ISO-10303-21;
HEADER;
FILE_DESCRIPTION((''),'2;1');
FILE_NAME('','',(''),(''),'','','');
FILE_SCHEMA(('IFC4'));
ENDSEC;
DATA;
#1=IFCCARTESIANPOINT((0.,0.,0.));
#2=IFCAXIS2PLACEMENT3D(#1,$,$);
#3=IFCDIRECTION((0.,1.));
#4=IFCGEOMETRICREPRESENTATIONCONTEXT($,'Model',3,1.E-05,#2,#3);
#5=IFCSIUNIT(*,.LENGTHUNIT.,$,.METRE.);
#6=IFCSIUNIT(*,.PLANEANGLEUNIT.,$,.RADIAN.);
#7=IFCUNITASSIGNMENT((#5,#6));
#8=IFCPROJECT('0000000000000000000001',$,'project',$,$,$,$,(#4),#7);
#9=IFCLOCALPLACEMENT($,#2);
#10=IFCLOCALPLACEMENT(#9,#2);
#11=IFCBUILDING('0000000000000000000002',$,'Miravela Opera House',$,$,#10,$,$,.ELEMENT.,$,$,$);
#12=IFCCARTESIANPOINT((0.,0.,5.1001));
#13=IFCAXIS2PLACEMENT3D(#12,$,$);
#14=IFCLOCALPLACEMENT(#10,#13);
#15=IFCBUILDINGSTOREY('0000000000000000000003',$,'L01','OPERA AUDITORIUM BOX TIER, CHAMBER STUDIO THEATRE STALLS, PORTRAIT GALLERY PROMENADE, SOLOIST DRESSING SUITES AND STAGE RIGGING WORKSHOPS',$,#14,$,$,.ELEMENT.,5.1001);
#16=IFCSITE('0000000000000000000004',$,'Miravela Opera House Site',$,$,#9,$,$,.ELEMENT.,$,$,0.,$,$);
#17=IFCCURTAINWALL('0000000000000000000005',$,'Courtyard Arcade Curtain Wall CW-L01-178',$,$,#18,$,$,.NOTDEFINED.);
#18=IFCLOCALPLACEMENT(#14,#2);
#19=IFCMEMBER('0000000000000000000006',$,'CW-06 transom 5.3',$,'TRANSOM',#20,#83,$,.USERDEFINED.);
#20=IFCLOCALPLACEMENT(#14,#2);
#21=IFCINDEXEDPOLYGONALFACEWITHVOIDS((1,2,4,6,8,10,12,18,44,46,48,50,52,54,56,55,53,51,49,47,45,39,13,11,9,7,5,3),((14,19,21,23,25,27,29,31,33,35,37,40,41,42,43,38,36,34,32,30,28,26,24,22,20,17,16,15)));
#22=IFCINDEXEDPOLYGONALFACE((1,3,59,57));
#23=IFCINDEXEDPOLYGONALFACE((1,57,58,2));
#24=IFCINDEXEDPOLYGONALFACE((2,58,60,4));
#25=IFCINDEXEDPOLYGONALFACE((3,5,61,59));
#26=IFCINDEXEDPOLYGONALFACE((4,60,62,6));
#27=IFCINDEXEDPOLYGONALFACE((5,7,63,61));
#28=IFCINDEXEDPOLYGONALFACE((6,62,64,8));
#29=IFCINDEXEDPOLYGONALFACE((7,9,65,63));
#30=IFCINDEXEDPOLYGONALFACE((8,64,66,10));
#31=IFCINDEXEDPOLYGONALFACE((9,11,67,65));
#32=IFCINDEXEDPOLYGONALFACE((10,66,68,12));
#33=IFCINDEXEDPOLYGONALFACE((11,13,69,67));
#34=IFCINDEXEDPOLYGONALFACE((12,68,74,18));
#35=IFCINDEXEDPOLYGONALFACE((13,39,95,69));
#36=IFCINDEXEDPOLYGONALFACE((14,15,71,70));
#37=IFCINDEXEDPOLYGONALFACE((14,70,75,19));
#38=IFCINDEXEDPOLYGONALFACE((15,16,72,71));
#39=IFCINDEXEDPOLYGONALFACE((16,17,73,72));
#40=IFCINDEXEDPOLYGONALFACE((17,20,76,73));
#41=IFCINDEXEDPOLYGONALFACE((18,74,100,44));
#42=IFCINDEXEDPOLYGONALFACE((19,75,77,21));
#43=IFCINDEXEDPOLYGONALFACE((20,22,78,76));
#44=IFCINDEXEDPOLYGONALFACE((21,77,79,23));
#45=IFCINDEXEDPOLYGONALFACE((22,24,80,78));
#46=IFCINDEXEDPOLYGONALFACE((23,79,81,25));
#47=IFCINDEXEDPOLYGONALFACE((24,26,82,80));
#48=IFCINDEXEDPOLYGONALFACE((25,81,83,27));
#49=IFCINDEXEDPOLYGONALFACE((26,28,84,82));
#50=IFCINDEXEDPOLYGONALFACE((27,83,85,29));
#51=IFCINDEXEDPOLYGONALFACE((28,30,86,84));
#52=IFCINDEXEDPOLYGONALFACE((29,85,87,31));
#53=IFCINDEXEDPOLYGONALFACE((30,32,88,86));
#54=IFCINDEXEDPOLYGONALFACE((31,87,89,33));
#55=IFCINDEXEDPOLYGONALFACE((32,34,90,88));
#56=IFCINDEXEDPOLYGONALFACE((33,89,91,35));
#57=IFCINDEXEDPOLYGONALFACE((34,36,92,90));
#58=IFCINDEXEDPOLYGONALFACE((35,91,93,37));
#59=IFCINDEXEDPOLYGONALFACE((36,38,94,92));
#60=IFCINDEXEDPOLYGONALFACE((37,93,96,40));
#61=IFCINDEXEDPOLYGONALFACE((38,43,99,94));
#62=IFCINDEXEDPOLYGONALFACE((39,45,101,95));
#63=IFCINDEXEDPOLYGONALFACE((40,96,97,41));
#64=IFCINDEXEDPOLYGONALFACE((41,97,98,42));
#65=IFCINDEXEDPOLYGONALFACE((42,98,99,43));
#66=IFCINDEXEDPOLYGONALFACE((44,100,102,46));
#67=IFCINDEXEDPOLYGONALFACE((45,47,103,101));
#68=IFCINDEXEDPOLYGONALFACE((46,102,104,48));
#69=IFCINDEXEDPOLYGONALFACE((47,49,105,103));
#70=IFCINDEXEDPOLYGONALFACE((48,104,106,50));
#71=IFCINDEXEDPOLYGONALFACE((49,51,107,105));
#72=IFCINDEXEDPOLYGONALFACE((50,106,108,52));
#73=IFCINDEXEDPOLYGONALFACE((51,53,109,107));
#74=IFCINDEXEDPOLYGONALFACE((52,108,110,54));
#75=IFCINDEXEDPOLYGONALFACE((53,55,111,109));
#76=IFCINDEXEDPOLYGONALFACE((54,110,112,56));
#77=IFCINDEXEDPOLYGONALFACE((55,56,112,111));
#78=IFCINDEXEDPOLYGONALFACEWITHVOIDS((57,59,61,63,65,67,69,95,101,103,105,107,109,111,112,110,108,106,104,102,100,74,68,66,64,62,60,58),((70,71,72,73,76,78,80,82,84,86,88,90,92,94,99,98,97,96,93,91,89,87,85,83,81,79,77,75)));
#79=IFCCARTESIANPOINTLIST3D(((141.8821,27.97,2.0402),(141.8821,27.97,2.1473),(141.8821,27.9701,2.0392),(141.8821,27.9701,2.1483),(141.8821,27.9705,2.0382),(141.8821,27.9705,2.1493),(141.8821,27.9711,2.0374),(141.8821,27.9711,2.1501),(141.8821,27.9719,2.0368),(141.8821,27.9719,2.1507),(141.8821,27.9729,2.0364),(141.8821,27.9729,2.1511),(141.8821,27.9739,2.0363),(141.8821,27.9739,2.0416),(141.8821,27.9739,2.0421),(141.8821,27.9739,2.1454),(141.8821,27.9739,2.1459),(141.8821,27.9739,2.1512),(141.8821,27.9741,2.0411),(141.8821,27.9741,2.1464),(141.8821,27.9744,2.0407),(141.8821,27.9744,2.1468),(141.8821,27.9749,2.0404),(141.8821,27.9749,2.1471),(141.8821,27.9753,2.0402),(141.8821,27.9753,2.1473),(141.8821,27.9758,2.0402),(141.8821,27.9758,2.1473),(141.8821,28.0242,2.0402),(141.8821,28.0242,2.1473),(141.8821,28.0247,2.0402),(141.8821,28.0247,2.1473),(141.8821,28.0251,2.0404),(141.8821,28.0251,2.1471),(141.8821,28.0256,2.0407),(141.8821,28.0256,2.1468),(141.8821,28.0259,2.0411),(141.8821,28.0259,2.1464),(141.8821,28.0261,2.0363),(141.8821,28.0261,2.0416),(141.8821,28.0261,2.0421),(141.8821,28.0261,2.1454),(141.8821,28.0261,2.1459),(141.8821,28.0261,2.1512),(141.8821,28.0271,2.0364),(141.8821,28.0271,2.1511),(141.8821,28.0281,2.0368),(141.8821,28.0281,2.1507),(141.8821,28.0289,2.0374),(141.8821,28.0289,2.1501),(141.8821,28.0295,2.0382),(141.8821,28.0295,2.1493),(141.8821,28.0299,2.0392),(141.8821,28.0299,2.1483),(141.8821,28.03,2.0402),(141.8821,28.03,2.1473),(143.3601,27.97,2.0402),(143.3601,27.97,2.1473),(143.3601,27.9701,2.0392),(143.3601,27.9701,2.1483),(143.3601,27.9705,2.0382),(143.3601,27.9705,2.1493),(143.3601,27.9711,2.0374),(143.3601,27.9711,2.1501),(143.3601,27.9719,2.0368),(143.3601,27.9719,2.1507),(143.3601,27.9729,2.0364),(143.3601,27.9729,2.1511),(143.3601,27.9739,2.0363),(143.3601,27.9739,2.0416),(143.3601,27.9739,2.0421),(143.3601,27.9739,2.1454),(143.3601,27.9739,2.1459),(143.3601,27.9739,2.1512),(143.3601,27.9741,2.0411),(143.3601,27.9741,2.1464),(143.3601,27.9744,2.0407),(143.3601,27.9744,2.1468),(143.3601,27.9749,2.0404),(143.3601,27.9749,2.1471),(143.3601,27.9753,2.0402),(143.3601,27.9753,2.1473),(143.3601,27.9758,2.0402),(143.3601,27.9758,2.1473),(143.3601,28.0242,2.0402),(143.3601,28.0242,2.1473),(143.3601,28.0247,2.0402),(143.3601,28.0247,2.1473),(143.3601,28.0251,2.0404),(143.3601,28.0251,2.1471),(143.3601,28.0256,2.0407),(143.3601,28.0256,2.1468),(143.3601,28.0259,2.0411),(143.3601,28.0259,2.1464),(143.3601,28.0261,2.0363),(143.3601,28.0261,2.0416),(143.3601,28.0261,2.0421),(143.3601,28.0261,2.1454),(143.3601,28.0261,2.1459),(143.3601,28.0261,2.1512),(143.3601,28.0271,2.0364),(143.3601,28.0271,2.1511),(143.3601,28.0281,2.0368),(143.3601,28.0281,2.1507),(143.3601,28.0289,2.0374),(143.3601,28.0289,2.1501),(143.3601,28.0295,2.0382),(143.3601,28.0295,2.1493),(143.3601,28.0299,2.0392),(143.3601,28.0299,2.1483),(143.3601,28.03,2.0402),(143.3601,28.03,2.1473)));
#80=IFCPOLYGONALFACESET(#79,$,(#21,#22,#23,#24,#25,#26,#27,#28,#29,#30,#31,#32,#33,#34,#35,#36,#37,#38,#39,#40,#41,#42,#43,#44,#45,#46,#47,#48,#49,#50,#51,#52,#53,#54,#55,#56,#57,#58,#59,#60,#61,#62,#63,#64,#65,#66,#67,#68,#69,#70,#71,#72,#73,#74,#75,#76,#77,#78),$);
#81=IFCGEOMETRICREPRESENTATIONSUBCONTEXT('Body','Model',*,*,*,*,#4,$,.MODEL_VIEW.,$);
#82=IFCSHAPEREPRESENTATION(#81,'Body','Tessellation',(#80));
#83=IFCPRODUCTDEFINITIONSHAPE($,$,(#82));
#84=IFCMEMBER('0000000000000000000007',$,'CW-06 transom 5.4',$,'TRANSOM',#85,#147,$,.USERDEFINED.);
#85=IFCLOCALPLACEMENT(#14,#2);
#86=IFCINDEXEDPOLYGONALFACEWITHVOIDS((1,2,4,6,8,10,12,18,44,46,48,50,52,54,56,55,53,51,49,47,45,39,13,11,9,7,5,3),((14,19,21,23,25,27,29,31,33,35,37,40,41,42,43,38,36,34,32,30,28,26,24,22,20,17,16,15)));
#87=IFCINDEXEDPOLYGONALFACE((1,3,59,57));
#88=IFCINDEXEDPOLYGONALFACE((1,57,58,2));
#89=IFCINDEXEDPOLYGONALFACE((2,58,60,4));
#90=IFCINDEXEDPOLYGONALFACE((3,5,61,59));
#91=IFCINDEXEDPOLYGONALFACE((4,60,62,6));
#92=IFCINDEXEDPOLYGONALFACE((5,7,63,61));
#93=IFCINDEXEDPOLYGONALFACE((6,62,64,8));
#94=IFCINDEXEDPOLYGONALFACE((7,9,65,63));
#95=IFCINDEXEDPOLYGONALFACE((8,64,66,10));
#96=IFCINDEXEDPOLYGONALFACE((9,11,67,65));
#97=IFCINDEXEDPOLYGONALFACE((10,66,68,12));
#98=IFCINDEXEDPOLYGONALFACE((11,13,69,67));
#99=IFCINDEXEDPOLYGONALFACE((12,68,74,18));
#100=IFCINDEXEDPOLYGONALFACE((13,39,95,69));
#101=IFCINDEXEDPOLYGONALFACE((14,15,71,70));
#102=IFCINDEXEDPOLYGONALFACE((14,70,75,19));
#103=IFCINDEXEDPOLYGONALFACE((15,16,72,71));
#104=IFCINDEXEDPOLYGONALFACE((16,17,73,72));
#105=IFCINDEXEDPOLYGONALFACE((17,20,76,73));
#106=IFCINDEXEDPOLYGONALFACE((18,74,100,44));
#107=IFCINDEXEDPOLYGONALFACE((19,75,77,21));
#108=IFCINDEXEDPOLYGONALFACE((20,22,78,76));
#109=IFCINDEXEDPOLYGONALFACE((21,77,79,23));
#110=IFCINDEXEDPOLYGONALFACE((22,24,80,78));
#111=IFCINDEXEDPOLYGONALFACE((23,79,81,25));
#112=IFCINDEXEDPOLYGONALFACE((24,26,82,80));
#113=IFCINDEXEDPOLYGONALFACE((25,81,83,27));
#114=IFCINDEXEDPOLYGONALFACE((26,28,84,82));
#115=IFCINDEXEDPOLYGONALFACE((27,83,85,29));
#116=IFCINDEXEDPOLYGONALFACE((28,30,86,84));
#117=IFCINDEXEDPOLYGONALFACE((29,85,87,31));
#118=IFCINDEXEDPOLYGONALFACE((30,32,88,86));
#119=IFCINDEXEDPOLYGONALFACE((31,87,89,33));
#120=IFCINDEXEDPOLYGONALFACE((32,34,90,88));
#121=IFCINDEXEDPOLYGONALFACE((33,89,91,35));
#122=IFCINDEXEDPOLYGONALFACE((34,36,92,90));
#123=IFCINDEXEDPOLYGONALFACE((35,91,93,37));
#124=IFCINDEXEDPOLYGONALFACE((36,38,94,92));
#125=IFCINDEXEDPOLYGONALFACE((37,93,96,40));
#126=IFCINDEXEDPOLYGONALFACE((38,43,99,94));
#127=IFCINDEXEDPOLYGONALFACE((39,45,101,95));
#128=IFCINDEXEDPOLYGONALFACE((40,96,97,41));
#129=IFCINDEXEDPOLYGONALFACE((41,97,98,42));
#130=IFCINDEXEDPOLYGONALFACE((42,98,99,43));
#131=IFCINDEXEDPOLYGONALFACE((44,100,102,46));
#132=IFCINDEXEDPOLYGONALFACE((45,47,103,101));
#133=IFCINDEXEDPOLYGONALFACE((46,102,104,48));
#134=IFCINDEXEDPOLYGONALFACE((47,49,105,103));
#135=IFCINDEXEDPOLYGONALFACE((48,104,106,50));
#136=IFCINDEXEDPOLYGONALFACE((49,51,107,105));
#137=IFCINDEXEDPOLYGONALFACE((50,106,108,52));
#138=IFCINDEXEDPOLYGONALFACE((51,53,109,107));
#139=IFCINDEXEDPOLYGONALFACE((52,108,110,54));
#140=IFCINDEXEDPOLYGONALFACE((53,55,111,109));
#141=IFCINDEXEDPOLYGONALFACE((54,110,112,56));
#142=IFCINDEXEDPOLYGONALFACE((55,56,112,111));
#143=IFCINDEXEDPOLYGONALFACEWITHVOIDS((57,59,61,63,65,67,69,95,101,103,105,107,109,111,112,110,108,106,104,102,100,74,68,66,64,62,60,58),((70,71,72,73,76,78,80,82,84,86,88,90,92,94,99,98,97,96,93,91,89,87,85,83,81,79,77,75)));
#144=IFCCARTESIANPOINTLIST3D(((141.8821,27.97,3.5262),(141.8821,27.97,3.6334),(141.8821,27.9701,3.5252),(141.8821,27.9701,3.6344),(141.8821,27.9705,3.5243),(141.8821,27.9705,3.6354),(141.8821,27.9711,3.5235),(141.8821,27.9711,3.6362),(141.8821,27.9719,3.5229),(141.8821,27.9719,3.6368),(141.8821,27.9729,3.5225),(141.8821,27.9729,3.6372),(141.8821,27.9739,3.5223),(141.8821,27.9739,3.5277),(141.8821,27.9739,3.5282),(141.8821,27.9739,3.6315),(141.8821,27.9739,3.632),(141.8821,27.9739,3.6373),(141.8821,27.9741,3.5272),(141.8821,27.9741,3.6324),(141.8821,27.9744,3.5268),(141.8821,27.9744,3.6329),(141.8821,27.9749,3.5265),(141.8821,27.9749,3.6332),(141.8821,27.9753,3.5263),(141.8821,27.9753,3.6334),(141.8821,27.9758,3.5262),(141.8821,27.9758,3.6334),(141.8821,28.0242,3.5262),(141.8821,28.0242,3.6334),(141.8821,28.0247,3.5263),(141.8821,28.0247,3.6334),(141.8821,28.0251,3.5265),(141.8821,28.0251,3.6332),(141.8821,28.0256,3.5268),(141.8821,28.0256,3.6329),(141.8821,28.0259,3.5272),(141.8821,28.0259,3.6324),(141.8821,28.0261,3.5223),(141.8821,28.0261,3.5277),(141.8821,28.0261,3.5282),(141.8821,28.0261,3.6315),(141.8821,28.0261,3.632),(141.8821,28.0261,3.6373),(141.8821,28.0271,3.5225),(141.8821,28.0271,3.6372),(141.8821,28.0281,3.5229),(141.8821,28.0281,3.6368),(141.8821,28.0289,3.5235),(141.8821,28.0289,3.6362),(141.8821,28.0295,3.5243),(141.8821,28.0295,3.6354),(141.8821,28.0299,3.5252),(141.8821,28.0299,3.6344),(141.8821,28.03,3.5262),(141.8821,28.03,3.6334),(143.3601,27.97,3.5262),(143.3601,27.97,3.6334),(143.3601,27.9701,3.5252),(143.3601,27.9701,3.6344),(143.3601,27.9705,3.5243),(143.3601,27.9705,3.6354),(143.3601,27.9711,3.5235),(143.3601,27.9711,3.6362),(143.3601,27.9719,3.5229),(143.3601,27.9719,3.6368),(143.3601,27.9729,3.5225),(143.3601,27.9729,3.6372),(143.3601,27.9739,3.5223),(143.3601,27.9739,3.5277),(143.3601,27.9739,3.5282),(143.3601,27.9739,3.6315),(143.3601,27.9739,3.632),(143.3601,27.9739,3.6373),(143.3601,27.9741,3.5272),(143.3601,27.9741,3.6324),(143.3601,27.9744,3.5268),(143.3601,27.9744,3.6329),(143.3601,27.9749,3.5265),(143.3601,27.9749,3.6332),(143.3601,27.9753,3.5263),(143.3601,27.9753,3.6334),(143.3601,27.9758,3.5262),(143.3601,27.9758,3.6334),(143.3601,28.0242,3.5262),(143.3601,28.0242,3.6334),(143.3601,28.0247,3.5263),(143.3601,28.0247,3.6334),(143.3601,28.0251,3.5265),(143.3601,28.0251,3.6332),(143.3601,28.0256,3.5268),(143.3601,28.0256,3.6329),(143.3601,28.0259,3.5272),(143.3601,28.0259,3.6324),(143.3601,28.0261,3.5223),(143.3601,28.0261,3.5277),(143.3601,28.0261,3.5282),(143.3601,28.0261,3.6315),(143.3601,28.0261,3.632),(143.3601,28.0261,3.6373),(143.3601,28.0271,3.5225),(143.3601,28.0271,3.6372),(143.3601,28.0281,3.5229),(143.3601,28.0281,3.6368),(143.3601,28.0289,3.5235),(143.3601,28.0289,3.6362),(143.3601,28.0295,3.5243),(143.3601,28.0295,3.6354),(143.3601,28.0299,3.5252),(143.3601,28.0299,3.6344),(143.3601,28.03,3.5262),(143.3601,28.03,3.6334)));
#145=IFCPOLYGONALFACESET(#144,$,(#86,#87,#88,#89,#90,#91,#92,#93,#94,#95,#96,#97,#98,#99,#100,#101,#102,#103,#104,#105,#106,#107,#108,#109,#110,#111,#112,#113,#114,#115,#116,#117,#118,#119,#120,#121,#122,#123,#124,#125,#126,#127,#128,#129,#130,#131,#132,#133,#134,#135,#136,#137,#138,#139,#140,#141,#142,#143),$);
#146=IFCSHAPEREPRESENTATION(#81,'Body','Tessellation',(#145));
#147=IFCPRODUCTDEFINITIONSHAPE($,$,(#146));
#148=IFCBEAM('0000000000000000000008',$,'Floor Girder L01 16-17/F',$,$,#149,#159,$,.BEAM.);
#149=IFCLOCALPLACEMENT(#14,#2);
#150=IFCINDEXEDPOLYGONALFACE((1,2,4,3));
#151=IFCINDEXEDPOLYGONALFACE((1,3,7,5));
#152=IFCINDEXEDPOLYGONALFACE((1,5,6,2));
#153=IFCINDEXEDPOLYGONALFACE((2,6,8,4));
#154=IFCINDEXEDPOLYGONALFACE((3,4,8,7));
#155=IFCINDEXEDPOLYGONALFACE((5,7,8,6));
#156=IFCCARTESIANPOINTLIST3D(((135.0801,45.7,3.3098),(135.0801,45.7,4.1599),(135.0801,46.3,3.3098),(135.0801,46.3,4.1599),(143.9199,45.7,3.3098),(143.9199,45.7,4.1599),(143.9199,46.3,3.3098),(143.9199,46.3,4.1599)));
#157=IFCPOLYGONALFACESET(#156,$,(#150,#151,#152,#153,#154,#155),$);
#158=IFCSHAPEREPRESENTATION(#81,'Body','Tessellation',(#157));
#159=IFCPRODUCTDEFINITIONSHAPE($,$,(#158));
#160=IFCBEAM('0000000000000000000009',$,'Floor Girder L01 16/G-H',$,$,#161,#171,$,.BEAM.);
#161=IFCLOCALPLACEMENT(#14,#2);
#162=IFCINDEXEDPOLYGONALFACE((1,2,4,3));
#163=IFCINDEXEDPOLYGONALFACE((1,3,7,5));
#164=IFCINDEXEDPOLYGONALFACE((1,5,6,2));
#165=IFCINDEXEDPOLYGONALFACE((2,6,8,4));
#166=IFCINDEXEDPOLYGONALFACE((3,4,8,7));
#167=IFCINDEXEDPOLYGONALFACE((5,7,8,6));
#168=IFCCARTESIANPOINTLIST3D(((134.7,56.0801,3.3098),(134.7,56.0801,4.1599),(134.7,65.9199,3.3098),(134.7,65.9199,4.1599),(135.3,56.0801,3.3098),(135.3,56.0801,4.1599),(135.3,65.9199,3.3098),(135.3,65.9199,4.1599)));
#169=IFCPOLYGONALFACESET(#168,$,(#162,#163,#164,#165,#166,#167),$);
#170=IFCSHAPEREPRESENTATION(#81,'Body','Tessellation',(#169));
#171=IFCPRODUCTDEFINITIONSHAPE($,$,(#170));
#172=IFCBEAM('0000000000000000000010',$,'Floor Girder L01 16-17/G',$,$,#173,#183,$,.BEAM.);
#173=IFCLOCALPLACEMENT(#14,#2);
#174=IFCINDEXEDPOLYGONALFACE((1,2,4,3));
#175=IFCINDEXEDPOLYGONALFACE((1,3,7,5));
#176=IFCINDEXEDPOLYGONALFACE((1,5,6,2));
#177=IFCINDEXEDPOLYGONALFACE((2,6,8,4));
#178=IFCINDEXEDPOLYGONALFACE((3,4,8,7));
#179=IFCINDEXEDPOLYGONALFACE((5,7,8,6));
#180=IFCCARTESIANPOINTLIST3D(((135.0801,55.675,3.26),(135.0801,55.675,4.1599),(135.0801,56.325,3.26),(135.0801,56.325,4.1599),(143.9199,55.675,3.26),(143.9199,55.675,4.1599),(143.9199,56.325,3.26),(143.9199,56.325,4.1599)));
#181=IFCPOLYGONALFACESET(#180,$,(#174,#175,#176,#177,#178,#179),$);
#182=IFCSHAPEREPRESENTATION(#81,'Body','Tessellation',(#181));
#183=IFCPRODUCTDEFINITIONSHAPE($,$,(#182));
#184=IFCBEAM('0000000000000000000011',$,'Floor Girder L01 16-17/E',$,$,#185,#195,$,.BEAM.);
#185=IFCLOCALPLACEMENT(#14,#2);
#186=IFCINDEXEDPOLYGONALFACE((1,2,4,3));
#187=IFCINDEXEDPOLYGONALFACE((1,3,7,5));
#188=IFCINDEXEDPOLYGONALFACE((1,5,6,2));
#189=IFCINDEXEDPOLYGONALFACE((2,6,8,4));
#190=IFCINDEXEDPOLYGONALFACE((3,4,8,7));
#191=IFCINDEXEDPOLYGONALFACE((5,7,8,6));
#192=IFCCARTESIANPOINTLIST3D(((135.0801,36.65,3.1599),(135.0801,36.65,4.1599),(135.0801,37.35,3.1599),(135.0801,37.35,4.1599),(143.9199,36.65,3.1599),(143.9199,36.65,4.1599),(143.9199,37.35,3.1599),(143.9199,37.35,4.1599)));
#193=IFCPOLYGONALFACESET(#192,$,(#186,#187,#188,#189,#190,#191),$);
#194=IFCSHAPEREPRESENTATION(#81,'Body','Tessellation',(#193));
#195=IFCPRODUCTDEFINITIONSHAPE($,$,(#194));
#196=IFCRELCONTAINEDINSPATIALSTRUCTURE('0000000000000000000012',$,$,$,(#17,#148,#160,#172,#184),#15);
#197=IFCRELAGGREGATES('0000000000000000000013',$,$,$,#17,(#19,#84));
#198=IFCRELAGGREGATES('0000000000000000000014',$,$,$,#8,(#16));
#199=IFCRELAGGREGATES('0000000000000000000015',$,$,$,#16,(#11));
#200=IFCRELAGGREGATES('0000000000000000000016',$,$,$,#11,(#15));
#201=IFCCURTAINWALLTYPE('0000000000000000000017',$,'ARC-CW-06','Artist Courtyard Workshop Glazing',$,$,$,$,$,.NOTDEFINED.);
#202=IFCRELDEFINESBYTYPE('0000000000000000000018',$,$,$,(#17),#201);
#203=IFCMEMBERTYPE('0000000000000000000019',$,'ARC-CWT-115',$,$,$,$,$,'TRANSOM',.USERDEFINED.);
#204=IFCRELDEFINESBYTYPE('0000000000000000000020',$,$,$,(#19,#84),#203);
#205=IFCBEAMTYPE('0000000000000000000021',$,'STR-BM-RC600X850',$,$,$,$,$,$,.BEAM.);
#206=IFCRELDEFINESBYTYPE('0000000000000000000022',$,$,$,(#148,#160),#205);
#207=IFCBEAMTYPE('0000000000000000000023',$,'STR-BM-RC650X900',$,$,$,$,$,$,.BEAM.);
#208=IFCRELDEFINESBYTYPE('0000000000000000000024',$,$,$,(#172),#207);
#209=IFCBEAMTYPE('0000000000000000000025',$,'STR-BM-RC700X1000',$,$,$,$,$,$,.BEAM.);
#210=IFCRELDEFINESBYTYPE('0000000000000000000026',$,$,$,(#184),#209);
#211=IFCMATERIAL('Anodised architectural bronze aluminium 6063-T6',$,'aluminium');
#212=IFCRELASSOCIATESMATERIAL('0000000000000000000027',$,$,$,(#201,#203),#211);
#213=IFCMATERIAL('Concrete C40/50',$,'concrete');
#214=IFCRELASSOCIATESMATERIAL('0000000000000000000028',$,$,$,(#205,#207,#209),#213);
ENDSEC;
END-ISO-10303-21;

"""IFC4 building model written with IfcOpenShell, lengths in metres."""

from ifc_helpers import new_model, si_unit, direction, frame, origin, origin_2d, place, context, subcontext, project, spatial, rectangle, hollow_rectangle, extrude, material, material_profile, profile_set, type_object, element, aggregate, save


model = new_model("IFC4")

# Units and contexts
model_context = context("Model", 3, precision=1e-05, world=origin(), true_north=direction((0.0, 1.0)))
body_context = subcontext(model_context, "Body", "Model", "MODEL_VIEW")
ifc_project = project(units=[si_unit("LENGTHUNIT", "METRE"), si_unit("PLANEANGLEUNIT", "RADIAN")], contexts=[model_context])

# Site, building, storey
site_placement = place(None, origin())
site = spatial("IfcSite", under=ifc_project, at=site_placement, Name="Miravela Opera House Site", CompositionType="ELEMENT", RefElevation=0.0)
building_placement = place(site_placement, origin())
building = spatial("IfcBuilding", under=site, at=building_placement, Name="Miravela Opera House", CompositionType="ELEMENT")
storey_placement = place(building_placement, frame((0.0, 0.0, 5.1001)))
storey = spatial("IfcBuildingStorey", under=building, at=storey_placement, Name="L01", Description="OPERA AUDITORIUM BOX TIER, CHAMBER STUDIO THEATRE STALLS, PORTRAIT GALLERY PROMENADE, SOLOIST DRESSING SUITES AND STAGE RIGGING WORKSHOPS", CompositionType="ELEMENT", Elevation=5.1001)

# Curtain wall, members
ifc_material_1 = material(Name="Anodised architectural bronze aluminium 6063-T6", Category="aluminium")
curtain_wall_type = type_object("IfcCurtainWallType", Name="ARC-CW-06", Description="Artist Courtyard Workshop Glazing", PredefinedType="NOTDEFINED", material=ifc_material_1)
curtain_wall_placement = place(storey_placement, origin())
curtain_wall = element("IfcCurtainWall", 1, at=curtain_wall_placement, inside=storey, type_object=curtain_wall_type, Name="Courtyard Arcade Curtain Wall CW-L01-178", PredefinedType="NOTDEFINED")
ifc_material_profile_1 = material_profile(ifc_material_1, hollow_rectangle(XDim=0.0601, YDim=0.115, WallThickness=0.0039, InnerFilletRadius=0.002, OuterFilletRadius=0.0039, at=origin_2d()), Name="CWT-60X115")
ifc_profile_set_1 = profile_set([ifc_material_profile_1])
member_type_1 = type_object("IfcMemberType", Name="ARC-CWT-115", ElementType="TRANSOM", PredefinedType="USERDEFINED", material=ifc_profile_set_1)
member_1_placement = place(storey_placement, frame((141.8821, 28.0, 2.0938), z_axis=(1.0, 0.0, 0.0), x_axis=(0.0, 1.0, 0.0)))
member_1 = element("IfcMember", 2, at=member_1_placement, type_object=member_type_1, Name="CW-06 transom 5.3", ObjectType="TRANSOM", PredefinedType="USERDEFINED", context=body_context, shape_type="SweptSolid", body=[
    extrude(hollow_rectangle(XDim=0.0601, YDim=0.115, WallThickness=0.0039, InnerFilletRadius=0.002, OuterFilletRadius=0.0039, at=origin_2d()), origin(), (0.0, 0.0, 1.0), 1.478),
])
member_2_placement = place(storey_placement, frame((141.8821, 28.0, 3.5798), z_axis=(1.0, 0.0, 0.0), x_axis=(0.0, 1.0, 0.0)))
member_2 = element("IfcMember", 3, at=member_2_placement, type_object=member_type_1, Name="CW-06 transom 5.4", ObjectType="TRANSOM", PredefinedType="USERDEFINED", context=body_context, shape_type="SweptSolid", body=[
    extrude(hollow_rectangle(XDim=0.0601, YDim=0.115, WallThickness=0.0039, InnerFilletRadius=0.002, OuterFilletRadius=0.0039, at=origin_2d()), origin(), (0.0, 0.0, 1.0), 1.478),
])

# Beams
ifc_material_2 = material(Name="Concrete C40/50", Category="concrete")
ifc_material_profile_2 = material_profile(ifc_material_2, rectangle(XDim=0.6001, YDim=0.8501, at=origin_2d()), Name="RC-BM-600X850")
ifc_profile_set_2 = profile_set([ifc_material_profile_2])
beam_type_1 = type_object("IfcBeamType", Name="STR-BM-RC600X850", PredefinedType="BEAM", material=ifc_profile_set_2)
beam_1_placement = place(storey_placement, frame((135.0801, 46.0, 3.7349), z_axis=(1.0, 0.0, 0.0), x_axis=(0.0, 1.0, 0.0)))
element("IfcBeam", 4, at=beam_1_placement, inside=storey, type_object=beam_type_1, Name="Floor Girder L01 16-17/F", PredefinedType="BEAM", context=body_context, shape_type="SweptSolid", body=[
    extrude(rectangle(XDim=0.6001, YDim=0.8501, at=origin_2d()), origin(), (0.0, 0.0, 1.0), 8.8398),
])
beam_2_placement = place(storey_placement, frame((135.0, 56.0801, 3.7349), z_axis=(0.0, 1.0, 0.0), x_axis=(-1.0, 0.0, 0.0)))
element("IfcBeam", 5, at=beam_2_placement, inside=storey, type_object=beam_type_1, Name="Floor Girder L01 16/G-H", PredefinedType="BEAM", context=body_context, shape_type="SweptSolid", body=[
    extrude(rectangle(XDim=0.6001, YDim=0.8501, at=origin_2d()), origin(), (0.0, 0.0, 1.0), 9.8398),
])
ifc_material_profile_3 = material_profile(ifc_material_2, rectangle(XDim=0.6499, YDim=0.8999, at=origin_2d()), Name="RC-BM-650X900")
ifc_profile_set_3 = profile_set([ifc_material_profile_3])
beam_type_2 = type_object("IfcBeamType", Name="STR-BM-RC650X900", PredefinedType="BEAM", material=ifc_profile_set_3)
beam_3_placement = place(storey_placement, frame((135.0801, 56.0, 3.71), z_axis=(1.0, 0.0, 0.0), x_axis=(0.0, 1.0, 0.0)))
element("IfcBeam", 6, at=beam_3_placement, inside=storey, type_object=beam_type_2, Name="Floor Girder L01 16-17/G", PredefinedType="BEAM", context=body_context, shape_type="SweptSolid", body=[
    extrude(rectangle(XDim=0.6499, YDim=0.8999, at=origin_2d()), origin(), (0.0, 0.0, 1.0), 8.8398),
])
ifc_material_profile_4 = material_profile(ifc_material_2, rectangle(XDim=0.7, YDim=1.0, at=origin_2d()), Name="RC-BM-700X1000")
ifc_profile_set_4 = profile_set([ifc_material_profile_4])
beam_type_3 = type_object("IfcBeamType", Name="STR-BM-RC700X1000", PredefinedType="BEAM", material=ifc_profile_set_4)
beam_4_placement = place(storey_placement, frame((135.0801, 37.0, 3.6599), z_axis=(1.0, 0.0, 0.0), x_axis=(0.0, 1.0, 0.0)))
element("IfcBeam", 7, at=beam_4_placement, inside=storey, type_object=beam_type_3, Name="Floor Girder L01 16-17/E", PredefinedType="BEAM", context=body_context, shape_type="SweptSolid", body=[
    extrude(rectangle(XDim=0.7, YDim=1.0, at=origin_2d()), origin(), (0.0, 0.0, 1.0), 8.8398),
])

aggregate(curtain_wall, [member_1, member_2])

save(model, "model.ifc")
